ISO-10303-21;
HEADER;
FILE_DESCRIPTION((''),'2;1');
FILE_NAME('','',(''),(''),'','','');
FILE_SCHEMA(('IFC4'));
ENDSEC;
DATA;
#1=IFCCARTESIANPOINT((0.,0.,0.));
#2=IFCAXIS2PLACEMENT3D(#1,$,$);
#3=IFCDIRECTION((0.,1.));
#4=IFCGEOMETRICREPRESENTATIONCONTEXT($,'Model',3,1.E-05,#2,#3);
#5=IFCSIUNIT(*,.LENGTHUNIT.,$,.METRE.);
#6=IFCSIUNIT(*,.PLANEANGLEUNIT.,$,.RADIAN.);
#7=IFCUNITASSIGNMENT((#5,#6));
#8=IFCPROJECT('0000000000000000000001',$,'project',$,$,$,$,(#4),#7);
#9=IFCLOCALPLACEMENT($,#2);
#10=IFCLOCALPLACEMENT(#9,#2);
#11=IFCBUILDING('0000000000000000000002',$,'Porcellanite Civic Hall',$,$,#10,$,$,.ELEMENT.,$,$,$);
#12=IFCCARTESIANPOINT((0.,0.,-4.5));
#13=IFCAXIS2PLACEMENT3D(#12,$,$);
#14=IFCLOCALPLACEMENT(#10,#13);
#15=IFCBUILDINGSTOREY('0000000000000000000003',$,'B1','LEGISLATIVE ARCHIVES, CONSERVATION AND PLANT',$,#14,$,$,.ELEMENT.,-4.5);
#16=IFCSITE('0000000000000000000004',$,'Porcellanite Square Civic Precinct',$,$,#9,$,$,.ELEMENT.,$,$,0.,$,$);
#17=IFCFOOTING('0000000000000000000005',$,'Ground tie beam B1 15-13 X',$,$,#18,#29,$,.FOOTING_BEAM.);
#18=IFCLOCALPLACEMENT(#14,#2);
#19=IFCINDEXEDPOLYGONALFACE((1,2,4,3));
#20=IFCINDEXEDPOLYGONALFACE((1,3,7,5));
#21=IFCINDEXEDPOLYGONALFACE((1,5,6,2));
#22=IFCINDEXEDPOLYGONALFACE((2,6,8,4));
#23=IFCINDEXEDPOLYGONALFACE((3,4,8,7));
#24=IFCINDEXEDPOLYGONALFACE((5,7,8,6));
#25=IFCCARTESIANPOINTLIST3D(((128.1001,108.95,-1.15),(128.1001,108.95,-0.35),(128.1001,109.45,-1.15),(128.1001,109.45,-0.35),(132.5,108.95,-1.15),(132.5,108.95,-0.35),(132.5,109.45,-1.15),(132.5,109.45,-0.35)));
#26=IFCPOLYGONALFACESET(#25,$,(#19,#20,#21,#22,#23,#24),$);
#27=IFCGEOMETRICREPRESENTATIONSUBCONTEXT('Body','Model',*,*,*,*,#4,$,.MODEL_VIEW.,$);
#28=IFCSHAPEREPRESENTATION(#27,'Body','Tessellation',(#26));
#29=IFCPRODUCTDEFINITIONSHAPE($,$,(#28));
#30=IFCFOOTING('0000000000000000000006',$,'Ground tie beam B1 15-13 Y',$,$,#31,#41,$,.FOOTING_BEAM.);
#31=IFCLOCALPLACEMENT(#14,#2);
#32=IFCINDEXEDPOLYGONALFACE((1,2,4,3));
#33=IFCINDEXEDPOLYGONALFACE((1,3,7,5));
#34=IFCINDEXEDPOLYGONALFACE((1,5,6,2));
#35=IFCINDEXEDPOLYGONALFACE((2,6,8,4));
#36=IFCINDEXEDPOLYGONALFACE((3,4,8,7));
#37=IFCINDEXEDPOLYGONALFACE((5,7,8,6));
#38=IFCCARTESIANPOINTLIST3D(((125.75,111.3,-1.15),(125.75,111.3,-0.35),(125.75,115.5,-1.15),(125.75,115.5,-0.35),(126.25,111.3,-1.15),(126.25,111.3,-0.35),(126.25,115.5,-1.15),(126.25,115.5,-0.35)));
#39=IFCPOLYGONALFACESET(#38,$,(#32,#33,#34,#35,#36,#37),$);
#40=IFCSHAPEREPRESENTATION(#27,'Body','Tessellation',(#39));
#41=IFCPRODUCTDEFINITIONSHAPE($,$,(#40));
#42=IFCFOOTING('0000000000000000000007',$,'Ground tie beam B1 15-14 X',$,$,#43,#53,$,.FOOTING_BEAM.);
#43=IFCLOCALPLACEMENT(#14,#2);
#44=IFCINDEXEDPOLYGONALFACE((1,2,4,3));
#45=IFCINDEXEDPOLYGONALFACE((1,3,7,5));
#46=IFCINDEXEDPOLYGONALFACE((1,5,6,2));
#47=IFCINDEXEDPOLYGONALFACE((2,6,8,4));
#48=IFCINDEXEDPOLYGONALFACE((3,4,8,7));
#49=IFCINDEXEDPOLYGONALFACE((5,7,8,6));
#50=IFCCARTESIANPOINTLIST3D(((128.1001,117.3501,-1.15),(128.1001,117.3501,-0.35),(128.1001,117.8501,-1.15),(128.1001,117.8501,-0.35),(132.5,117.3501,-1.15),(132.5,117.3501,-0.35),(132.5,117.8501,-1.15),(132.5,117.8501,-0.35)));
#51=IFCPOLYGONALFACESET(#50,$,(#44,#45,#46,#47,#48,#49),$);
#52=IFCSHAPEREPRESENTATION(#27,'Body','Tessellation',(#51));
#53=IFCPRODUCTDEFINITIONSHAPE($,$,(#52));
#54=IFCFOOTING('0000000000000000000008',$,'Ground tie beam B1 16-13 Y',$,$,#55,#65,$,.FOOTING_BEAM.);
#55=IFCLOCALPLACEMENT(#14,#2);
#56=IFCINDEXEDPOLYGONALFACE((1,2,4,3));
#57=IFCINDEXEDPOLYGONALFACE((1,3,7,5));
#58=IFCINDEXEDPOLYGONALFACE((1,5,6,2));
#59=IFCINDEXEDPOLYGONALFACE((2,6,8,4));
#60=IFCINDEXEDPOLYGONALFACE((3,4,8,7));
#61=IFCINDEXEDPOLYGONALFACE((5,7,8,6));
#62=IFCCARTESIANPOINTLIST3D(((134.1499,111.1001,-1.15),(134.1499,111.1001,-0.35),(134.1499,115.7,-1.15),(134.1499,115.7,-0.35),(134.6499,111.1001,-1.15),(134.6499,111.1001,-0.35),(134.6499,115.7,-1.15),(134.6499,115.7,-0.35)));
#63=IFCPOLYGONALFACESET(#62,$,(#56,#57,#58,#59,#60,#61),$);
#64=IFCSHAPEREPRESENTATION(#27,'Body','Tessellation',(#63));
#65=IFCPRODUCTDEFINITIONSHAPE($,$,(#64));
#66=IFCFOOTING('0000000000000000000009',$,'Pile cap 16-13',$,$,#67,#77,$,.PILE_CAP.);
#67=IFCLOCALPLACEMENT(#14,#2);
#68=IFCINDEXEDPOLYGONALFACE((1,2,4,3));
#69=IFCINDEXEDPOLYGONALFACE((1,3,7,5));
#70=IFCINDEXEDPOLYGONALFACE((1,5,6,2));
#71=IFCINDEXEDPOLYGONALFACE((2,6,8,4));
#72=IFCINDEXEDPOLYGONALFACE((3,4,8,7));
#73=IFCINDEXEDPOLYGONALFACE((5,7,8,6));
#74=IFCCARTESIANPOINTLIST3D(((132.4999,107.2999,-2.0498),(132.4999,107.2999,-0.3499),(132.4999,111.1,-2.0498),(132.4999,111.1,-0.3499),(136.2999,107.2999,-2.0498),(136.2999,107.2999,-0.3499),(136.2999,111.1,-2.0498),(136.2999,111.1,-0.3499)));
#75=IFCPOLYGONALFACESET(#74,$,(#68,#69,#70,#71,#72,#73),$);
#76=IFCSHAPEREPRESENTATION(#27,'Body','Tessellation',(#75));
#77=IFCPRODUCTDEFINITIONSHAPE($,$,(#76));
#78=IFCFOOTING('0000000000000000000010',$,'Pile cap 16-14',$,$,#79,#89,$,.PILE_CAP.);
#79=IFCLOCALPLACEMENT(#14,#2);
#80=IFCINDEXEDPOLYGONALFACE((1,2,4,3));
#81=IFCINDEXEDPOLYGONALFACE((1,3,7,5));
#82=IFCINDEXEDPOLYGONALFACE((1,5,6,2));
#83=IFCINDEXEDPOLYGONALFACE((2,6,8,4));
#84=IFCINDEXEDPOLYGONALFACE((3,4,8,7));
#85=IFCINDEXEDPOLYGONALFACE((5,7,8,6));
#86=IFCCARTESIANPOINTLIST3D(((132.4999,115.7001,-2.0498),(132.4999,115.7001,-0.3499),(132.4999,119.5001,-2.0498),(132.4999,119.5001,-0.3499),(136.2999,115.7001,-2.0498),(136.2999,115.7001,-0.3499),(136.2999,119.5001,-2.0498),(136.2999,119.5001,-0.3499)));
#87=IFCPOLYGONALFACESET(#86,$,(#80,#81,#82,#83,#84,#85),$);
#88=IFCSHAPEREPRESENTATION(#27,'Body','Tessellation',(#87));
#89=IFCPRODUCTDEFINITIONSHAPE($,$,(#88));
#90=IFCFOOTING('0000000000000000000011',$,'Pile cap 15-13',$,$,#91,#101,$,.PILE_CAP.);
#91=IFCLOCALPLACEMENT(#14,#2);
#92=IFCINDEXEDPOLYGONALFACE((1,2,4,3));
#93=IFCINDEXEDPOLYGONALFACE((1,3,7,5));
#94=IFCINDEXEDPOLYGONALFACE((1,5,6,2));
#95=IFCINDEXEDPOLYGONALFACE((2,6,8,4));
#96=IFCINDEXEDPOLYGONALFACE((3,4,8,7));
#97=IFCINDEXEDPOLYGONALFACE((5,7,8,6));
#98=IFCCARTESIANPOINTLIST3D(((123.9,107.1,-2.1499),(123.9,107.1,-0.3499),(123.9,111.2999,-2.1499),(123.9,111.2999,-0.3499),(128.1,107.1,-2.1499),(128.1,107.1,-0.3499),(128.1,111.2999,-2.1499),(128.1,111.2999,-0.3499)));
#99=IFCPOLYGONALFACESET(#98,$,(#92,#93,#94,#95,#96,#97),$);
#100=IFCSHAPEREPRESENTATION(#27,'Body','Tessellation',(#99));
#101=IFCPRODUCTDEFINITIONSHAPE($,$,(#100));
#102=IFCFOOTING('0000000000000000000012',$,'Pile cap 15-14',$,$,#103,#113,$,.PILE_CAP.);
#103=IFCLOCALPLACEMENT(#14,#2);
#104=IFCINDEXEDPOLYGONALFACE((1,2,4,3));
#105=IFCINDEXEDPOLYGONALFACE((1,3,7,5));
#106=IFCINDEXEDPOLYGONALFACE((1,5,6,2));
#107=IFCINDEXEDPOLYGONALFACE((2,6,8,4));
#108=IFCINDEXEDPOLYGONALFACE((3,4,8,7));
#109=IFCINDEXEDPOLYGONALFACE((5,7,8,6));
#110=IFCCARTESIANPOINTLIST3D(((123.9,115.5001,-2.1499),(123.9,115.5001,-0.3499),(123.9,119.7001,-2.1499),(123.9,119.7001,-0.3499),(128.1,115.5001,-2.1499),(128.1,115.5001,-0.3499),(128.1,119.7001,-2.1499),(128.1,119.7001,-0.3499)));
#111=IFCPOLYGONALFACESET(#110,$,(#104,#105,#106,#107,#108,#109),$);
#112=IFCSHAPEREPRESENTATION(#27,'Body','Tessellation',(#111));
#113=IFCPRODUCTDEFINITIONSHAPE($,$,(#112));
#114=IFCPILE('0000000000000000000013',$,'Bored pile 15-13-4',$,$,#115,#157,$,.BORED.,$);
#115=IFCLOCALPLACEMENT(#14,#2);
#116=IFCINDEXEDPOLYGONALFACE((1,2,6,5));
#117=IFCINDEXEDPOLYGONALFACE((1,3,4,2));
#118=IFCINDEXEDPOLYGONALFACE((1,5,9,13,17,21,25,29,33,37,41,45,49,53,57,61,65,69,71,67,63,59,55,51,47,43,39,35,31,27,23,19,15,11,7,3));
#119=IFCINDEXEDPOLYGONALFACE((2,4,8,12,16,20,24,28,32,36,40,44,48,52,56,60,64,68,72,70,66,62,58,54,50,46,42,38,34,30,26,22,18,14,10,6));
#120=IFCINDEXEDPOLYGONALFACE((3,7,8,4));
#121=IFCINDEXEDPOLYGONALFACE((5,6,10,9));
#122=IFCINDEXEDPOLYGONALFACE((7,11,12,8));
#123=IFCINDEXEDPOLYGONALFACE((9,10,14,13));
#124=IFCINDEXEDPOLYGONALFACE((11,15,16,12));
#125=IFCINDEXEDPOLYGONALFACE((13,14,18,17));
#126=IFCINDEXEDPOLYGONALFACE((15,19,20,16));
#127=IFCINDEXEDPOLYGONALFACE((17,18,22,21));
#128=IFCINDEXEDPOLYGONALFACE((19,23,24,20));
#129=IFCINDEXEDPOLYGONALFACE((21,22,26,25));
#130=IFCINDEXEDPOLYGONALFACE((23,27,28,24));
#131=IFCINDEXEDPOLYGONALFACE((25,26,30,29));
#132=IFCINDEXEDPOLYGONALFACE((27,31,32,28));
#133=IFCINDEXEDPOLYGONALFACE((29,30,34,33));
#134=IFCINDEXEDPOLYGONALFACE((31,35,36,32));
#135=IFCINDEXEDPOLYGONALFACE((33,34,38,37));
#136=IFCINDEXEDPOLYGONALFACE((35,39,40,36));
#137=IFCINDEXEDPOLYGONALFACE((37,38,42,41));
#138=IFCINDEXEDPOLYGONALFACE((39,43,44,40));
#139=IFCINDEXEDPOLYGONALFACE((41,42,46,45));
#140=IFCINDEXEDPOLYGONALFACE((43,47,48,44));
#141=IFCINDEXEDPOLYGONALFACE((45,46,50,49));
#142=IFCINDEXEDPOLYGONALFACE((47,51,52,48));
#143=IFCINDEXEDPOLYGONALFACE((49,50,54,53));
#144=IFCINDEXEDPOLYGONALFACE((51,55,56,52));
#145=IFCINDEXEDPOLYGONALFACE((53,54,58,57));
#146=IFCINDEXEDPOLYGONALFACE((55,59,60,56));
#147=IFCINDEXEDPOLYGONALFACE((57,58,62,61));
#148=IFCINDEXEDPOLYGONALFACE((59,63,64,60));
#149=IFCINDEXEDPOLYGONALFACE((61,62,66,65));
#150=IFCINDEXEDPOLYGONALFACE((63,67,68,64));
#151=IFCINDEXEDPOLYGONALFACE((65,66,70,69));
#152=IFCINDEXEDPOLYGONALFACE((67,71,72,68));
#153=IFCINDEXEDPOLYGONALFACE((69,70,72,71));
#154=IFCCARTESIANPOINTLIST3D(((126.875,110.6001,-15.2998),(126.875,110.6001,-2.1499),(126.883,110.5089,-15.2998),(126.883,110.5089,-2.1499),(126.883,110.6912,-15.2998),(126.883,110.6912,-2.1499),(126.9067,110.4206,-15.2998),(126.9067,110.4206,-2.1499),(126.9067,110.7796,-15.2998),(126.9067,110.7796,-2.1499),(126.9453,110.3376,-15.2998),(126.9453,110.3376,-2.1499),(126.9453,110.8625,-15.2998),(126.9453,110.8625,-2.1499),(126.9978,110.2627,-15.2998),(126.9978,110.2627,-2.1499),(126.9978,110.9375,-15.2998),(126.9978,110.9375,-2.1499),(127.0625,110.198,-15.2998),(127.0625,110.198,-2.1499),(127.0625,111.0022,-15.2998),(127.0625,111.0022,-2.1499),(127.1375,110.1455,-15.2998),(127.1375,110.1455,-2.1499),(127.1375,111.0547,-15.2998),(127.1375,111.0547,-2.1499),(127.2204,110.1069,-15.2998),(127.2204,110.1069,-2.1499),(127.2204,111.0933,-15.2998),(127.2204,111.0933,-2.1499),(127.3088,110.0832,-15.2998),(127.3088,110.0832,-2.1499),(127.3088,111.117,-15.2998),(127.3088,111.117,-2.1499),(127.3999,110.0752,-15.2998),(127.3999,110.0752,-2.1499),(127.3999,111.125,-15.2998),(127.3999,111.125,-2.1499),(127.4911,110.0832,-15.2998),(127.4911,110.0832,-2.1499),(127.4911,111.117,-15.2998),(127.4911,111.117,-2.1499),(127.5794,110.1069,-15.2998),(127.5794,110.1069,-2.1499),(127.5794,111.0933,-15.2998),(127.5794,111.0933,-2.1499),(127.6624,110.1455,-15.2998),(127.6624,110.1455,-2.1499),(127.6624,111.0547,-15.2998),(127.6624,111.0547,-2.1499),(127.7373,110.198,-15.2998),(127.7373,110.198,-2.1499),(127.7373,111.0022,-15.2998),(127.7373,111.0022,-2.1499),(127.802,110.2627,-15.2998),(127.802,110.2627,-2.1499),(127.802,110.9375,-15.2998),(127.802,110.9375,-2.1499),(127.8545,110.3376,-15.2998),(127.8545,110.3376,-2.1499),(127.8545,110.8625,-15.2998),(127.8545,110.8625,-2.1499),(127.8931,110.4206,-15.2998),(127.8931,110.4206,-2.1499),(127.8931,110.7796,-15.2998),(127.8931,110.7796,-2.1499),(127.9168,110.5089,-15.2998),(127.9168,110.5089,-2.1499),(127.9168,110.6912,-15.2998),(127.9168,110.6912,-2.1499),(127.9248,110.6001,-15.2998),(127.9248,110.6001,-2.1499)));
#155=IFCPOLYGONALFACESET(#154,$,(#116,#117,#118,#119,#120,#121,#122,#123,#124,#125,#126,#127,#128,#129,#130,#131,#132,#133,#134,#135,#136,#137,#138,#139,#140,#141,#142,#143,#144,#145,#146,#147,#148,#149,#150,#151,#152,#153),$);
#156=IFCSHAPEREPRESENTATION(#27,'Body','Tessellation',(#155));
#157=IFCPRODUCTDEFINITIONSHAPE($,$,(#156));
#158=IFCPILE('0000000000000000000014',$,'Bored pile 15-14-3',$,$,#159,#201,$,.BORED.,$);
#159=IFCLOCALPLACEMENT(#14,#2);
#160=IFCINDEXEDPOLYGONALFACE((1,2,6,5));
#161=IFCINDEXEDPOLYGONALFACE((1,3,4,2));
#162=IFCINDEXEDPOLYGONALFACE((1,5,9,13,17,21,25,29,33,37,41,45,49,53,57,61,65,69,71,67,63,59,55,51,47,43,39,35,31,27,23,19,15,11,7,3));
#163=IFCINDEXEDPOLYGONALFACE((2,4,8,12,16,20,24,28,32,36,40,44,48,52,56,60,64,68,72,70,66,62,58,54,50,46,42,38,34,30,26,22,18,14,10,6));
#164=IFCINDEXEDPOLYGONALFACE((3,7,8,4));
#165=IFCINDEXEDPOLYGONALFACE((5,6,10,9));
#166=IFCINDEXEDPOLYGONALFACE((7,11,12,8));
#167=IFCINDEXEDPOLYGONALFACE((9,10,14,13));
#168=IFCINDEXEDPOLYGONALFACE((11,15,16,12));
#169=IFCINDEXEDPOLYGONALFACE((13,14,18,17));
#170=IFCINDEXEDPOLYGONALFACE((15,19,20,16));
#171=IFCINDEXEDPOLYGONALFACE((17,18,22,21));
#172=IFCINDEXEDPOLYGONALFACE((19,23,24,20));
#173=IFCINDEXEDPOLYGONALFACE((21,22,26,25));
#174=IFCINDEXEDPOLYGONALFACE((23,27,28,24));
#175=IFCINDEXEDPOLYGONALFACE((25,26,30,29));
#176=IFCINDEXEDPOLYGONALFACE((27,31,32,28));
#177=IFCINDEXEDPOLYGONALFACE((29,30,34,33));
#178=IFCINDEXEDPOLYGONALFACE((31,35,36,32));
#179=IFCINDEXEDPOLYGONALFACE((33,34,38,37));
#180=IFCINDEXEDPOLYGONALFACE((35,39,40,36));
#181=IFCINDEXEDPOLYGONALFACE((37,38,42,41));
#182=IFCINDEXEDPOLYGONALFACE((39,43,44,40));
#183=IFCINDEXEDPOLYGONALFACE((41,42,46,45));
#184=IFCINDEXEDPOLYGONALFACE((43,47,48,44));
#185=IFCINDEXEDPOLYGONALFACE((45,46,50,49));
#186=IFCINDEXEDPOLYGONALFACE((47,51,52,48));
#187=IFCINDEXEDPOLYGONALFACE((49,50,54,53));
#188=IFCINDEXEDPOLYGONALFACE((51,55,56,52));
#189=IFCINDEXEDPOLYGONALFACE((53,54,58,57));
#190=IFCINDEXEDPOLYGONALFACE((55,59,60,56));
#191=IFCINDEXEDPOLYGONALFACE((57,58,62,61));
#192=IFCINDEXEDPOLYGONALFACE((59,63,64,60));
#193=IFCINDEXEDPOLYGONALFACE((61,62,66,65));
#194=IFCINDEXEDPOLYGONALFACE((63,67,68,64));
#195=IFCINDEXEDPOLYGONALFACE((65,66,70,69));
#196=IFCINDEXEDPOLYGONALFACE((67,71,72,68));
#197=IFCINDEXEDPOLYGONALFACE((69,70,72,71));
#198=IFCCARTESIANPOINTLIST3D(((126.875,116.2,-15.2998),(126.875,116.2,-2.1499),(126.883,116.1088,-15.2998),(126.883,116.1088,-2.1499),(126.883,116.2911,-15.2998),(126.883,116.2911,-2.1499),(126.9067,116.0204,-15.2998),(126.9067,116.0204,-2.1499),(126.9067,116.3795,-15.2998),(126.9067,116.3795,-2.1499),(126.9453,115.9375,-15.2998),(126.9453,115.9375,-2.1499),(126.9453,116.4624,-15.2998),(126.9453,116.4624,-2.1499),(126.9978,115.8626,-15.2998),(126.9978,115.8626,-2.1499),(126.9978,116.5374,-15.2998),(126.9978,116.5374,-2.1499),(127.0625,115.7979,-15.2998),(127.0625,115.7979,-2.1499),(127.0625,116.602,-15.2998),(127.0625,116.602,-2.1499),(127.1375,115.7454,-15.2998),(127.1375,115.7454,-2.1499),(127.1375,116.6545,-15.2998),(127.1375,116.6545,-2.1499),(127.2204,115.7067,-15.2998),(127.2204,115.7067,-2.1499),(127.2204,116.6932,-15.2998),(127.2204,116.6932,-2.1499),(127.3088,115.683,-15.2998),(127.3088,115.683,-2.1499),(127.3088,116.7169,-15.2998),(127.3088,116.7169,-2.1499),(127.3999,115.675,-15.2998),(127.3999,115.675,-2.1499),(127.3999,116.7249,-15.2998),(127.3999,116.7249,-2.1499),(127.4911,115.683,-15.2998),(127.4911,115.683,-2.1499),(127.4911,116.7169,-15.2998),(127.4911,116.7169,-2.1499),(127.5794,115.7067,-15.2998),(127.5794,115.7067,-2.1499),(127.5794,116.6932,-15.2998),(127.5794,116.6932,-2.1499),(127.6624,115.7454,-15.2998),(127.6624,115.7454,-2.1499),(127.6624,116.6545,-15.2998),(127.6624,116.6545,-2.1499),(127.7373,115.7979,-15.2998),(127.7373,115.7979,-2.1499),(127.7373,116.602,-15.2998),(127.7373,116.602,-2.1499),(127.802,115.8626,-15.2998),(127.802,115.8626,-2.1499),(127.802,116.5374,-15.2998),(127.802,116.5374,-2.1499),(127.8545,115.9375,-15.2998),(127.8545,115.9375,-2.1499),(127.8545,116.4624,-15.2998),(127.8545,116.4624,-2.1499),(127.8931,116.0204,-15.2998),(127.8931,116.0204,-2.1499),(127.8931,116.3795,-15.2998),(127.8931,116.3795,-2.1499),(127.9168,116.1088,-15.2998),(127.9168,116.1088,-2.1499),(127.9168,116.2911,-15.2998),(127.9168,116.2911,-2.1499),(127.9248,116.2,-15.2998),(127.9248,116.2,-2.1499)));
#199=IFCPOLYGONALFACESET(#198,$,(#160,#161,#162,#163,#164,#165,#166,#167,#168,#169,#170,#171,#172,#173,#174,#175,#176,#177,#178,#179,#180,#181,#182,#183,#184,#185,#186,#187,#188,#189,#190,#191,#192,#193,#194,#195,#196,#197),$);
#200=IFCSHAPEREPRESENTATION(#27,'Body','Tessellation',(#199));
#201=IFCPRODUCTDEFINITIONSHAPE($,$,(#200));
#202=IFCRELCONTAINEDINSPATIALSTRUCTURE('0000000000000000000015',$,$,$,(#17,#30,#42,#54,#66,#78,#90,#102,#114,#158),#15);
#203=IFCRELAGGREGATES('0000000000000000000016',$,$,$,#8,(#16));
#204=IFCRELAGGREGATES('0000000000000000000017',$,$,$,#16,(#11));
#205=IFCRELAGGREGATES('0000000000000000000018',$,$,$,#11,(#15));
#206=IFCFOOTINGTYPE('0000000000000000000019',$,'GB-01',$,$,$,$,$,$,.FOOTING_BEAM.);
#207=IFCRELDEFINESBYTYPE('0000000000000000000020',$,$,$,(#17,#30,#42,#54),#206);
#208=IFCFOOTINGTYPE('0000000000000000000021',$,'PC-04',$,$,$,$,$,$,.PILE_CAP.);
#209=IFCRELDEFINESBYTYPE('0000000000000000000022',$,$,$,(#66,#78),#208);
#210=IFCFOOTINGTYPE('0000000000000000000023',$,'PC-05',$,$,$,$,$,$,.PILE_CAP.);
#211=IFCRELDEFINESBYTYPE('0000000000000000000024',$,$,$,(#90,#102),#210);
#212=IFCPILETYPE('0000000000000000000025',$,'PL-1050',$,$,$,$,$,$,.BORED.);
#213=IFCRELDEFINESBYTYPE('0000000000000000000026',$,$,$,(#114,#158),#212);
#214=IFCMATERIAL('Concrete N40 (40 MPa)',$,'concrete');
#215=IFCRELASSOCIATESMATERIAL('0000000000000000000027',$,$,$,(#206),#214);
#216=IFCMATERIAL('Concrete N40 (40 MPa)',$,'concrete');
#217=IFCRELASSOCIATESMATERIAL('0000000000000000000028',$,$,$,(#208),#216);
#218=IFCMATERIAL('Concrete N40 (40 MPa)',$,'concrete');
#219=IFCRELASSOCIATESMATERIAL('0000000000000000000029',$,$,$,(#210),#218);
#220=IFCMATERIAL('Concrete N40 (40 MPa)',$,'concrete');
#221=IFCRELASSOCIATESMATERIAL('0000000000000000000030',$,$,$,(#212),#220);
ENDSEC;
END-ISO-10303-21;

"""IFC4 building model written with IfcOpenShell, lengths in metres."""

from ifc_helpers import new_model, si_unit, direction, frame, origin, origin_2d, place, context, subcontext, project, spatial, rectangle, circle, extrude, material, material_profile, profile_set, type_object, element, save


model = new_model("IFC4")

# Units and contexts
model_context = context("Model", 3, precision=1e-05, world=origin(), true_north=direction((0.0, 1.0)))
body_context = subcontext(model_context, "Body", "Model", "MODEL_VIEW")
ifc_project = project(units=[si_unit("LENGTHUNIT", "METRE"), si_unit("PLANEANGLEUNIT", "RADIAN")], contexts=[model_context])

# Site, building, storey
site_placement = place(None, origin())
site = spatial("IfcSite", under=ifc_project, at=site_placement, Name="Porcellanite Square Civic Precinct", CompositionType="ELEMENT", RefElevation=0.0)
building_placement = place(site_placement, origin())
building = spatial("IfcBuilding", under=site, at=building_placement, Name="Porcellanite Civic Hall", CompositionType="ELEMENT")
storey_placement = place(building_placement, frame((0.0, 0.0, -4.5)))
storey = spatial("IfcBuildingStorey", under=building, at=storey_placement, Name="B1", Description="LEGISLATIVE ARCHIVES, CONSERVATION AND PLANT", CompositionType="ELEMENT", Elevation=-4.5)

# Footings
ifc_material_1 = material(Name="Concrete N40 (40 MPa)", Category="concrete")
ifc_material_profile_1 = material_profile(ifc_material_1, rectangle(XDim=0.5, YDim=0.8, at=origin_2d()), Name="RC-500x800")
ifc_profile_set_1 = profile_set([ifc_material_profile_1], Name="Concrete N40 (40 MPa)")
footing_type_1 = type_object("IfcFootingType", Name="GB-01", PredefinedType="FOOTING_BEAM", material=ifc_profile_set_1)
footing_1_placement = place(storey_placement, frame((128.1001, 109.2, -0.75), z_axis=(1.0, 0.0, 0.0), x_axis=(0.0, 1.0, 0.0)))
element("IfcFooting", 1, at=footing_1_placement, inside=storey, type_object=footing_type_1, Name="Ground tie beam B1 15-13 X", PredefinedType="FOOTING_BEAM", context=body_context, shape_type="SweptSolid", body=[
    extrude(rectangle(XDim=0.5, YDim=0.8, at=origin_2d()), origin(), (0.0, 0.0, 1.0), 4.3999),
])
footing_2_placement = place(storey_placement, frame((126.0, 111.3, -0.75), z_axis=(0.0, 1.0, 0.0), x_axis=(-1.0, 0.0, 0.0)))
element("IfcFooting", 2, at=footing_2_placement, inside=storey, type_object=footing_type_1, Name="Ground tie beam B1 15-13 Y", PredefinedType="FOOTING_BEAM", context=body_context, shape_type="SweptSolid", body=[
    extrude(rectangle(XDim=0.5, YDim=0.8, at=origin_2d()), origin(), (0.0, 0.0, 1.0), 4.2),
])
footing_3_placement = place(storey_placement, frame((128.1001, 117.6001, -0.75), z_axis=(1.0, 0.0, 0.0), x_axis=(0.0, 1.0, 0.0)))
element("IfcFooting", 3, at=footing_3_placement, inside=storey, type_object=footing_type_1, Name="Ground tie beam B1 15-14 X", PredefinedType="FOOTING_BEAM", context=body_context, shape_type="SweptSolid", body=[
    extrude(rectangle(XDim=0.5, YDim=0.8, at=origin_2d()), origin(), (0.0, 0.0, 1.0), 4.3999),
])
footing_4_placement = place(storey_placement, frame((134.3999, 111.1001, -0.75), z_axis=(0.0, 1.0, 0.0), x_axis=(-1.0, 0.0, 0.0)))
element("IfcFooting", 4, at=footing_4_placement, inside=storey, type_object=footing_type_1, Name="Ground tie beam B1 16-13 Y", PredefinedType="FOOTING_BEAM", context=body_context, shape_type="SweptSolid", body=[
    extrude(rectangle(XDim=0.5, YDim=0.8, at=origin_2d()), origin(), (0.0, 0.0, 1.0), 4.5999),
])
ifc_material_2 = material(Name="Concrete N40 (40 MPa)", Category="concrete")
footing_type_2 = type_object("IfcFootingType", Name="PC-04", PredefinedType="PILE_CAP", material=ifc_material_2)
for number, where, z_axis, x_axis, name in (
    (5, (134.3999, 109.2, -2.0498), (0.0, 0.0, 1.0), (1.0, 0.0, 0.0), "Pile cap 16-13"),
    (6, (134.3999, 117.6001, -2.0498), (0.0, 0.0, 1.0), (1.0, 0.0, 0.0), "Pile cap 16-14"),
):
    element("IfcFooting", number, at=place(storey_placement, frame(where, z_axis=z_axis, x_axis=x_axis)), inside=storey, type_object=footing_type_2, Name=name, PredefinedType="PILE_CAP", context=body_context, shape_type="SweptSolid", body=[
        extrude(rectangle(XDim=3.8, YDim=3.8, at=origin_2d()), origin(), (0.0, 0.0, 1.0), 1.7),
    ])
ifc_material_3 = material(Name="Concrete N40 (40 MPa)", Category="concrete")
footing_type_3 = type_object("IfcFootingType", Name="PC-05", PredefinedType="PILE_CAP", material=ifc_material_3)
for number, where, z_axis, x_axis, name in (
    (7, (126.0, 109.2, -2.1499), (0.0, 0.0, 1.0), (1.0, 0.0, 0.0), "Pile cap 15-13"),
    (8, (126.0, 117.6001, -2.1499), (0.0, 0.0, 1.0), (1.0, 0.0, 0.0), "Pile cap 15-14"),
):
    element("IfcFooting", number, at=place(storey_placement, frame(where, z_axis=z_axis, x_axis=x_axis)), inside=storey, type_object=footing_type_3, Name=name, PredefinedType="PILE_CAP", context=body_context, shape_type="SweptSolid", body=[
        extrude(rectangle(XDim=4.2, YDim=4.2, at=origin_2d()), origin(), (0.0, 0.0, 1.0), 1.8),
    ])

# Piles
ifc_material_4 = material(Name="Concrete N40 (40 MPa)", Category="concrete")
ifc_material_profile_2 = material_profile(ifc_material_4, circle(Radius=0.5249, at=origin_2d()), Name="PILE-D1050")
ifc_profile_set_2 = profile_set([ifc_material_profile_2], Name="Concrete N40 (40 MPa)")
pile_type_1 = type_object("IfcPileType", Name="PL-1050", PredefinedType="BORED", material=ifc_profile_set_2)
for number, where, z_axis, x_axis, name in (
    (9, (127.3999, 110.6001, -2.1499), (0.0, 0.0, -1.0), (1.0, 0.0, 0.0), "Bored pile 15-13-4"),
    (10, (127.3999, 116.2, -2.1499), (0.0, 0.0, -1.0), (1.0, 0.0, 0.0), "Bored pile 15-14-3"),
):
    element("IfcPile", number, at=place(storey_placement, frame(where, z_axis=z_axis, x_axis=x_axis)), inside=storey, type_object=pile_type_1, Name=name, PredefinedType="BORED", context=body_context, shape_type="SweptSolid", body=[
        extrude(circle(Radius=0.5249, at=origin_2d()), origin(), (0.0, 0.0, 1.0), 13.1499),
    ])

save(model, "model.ifc")
